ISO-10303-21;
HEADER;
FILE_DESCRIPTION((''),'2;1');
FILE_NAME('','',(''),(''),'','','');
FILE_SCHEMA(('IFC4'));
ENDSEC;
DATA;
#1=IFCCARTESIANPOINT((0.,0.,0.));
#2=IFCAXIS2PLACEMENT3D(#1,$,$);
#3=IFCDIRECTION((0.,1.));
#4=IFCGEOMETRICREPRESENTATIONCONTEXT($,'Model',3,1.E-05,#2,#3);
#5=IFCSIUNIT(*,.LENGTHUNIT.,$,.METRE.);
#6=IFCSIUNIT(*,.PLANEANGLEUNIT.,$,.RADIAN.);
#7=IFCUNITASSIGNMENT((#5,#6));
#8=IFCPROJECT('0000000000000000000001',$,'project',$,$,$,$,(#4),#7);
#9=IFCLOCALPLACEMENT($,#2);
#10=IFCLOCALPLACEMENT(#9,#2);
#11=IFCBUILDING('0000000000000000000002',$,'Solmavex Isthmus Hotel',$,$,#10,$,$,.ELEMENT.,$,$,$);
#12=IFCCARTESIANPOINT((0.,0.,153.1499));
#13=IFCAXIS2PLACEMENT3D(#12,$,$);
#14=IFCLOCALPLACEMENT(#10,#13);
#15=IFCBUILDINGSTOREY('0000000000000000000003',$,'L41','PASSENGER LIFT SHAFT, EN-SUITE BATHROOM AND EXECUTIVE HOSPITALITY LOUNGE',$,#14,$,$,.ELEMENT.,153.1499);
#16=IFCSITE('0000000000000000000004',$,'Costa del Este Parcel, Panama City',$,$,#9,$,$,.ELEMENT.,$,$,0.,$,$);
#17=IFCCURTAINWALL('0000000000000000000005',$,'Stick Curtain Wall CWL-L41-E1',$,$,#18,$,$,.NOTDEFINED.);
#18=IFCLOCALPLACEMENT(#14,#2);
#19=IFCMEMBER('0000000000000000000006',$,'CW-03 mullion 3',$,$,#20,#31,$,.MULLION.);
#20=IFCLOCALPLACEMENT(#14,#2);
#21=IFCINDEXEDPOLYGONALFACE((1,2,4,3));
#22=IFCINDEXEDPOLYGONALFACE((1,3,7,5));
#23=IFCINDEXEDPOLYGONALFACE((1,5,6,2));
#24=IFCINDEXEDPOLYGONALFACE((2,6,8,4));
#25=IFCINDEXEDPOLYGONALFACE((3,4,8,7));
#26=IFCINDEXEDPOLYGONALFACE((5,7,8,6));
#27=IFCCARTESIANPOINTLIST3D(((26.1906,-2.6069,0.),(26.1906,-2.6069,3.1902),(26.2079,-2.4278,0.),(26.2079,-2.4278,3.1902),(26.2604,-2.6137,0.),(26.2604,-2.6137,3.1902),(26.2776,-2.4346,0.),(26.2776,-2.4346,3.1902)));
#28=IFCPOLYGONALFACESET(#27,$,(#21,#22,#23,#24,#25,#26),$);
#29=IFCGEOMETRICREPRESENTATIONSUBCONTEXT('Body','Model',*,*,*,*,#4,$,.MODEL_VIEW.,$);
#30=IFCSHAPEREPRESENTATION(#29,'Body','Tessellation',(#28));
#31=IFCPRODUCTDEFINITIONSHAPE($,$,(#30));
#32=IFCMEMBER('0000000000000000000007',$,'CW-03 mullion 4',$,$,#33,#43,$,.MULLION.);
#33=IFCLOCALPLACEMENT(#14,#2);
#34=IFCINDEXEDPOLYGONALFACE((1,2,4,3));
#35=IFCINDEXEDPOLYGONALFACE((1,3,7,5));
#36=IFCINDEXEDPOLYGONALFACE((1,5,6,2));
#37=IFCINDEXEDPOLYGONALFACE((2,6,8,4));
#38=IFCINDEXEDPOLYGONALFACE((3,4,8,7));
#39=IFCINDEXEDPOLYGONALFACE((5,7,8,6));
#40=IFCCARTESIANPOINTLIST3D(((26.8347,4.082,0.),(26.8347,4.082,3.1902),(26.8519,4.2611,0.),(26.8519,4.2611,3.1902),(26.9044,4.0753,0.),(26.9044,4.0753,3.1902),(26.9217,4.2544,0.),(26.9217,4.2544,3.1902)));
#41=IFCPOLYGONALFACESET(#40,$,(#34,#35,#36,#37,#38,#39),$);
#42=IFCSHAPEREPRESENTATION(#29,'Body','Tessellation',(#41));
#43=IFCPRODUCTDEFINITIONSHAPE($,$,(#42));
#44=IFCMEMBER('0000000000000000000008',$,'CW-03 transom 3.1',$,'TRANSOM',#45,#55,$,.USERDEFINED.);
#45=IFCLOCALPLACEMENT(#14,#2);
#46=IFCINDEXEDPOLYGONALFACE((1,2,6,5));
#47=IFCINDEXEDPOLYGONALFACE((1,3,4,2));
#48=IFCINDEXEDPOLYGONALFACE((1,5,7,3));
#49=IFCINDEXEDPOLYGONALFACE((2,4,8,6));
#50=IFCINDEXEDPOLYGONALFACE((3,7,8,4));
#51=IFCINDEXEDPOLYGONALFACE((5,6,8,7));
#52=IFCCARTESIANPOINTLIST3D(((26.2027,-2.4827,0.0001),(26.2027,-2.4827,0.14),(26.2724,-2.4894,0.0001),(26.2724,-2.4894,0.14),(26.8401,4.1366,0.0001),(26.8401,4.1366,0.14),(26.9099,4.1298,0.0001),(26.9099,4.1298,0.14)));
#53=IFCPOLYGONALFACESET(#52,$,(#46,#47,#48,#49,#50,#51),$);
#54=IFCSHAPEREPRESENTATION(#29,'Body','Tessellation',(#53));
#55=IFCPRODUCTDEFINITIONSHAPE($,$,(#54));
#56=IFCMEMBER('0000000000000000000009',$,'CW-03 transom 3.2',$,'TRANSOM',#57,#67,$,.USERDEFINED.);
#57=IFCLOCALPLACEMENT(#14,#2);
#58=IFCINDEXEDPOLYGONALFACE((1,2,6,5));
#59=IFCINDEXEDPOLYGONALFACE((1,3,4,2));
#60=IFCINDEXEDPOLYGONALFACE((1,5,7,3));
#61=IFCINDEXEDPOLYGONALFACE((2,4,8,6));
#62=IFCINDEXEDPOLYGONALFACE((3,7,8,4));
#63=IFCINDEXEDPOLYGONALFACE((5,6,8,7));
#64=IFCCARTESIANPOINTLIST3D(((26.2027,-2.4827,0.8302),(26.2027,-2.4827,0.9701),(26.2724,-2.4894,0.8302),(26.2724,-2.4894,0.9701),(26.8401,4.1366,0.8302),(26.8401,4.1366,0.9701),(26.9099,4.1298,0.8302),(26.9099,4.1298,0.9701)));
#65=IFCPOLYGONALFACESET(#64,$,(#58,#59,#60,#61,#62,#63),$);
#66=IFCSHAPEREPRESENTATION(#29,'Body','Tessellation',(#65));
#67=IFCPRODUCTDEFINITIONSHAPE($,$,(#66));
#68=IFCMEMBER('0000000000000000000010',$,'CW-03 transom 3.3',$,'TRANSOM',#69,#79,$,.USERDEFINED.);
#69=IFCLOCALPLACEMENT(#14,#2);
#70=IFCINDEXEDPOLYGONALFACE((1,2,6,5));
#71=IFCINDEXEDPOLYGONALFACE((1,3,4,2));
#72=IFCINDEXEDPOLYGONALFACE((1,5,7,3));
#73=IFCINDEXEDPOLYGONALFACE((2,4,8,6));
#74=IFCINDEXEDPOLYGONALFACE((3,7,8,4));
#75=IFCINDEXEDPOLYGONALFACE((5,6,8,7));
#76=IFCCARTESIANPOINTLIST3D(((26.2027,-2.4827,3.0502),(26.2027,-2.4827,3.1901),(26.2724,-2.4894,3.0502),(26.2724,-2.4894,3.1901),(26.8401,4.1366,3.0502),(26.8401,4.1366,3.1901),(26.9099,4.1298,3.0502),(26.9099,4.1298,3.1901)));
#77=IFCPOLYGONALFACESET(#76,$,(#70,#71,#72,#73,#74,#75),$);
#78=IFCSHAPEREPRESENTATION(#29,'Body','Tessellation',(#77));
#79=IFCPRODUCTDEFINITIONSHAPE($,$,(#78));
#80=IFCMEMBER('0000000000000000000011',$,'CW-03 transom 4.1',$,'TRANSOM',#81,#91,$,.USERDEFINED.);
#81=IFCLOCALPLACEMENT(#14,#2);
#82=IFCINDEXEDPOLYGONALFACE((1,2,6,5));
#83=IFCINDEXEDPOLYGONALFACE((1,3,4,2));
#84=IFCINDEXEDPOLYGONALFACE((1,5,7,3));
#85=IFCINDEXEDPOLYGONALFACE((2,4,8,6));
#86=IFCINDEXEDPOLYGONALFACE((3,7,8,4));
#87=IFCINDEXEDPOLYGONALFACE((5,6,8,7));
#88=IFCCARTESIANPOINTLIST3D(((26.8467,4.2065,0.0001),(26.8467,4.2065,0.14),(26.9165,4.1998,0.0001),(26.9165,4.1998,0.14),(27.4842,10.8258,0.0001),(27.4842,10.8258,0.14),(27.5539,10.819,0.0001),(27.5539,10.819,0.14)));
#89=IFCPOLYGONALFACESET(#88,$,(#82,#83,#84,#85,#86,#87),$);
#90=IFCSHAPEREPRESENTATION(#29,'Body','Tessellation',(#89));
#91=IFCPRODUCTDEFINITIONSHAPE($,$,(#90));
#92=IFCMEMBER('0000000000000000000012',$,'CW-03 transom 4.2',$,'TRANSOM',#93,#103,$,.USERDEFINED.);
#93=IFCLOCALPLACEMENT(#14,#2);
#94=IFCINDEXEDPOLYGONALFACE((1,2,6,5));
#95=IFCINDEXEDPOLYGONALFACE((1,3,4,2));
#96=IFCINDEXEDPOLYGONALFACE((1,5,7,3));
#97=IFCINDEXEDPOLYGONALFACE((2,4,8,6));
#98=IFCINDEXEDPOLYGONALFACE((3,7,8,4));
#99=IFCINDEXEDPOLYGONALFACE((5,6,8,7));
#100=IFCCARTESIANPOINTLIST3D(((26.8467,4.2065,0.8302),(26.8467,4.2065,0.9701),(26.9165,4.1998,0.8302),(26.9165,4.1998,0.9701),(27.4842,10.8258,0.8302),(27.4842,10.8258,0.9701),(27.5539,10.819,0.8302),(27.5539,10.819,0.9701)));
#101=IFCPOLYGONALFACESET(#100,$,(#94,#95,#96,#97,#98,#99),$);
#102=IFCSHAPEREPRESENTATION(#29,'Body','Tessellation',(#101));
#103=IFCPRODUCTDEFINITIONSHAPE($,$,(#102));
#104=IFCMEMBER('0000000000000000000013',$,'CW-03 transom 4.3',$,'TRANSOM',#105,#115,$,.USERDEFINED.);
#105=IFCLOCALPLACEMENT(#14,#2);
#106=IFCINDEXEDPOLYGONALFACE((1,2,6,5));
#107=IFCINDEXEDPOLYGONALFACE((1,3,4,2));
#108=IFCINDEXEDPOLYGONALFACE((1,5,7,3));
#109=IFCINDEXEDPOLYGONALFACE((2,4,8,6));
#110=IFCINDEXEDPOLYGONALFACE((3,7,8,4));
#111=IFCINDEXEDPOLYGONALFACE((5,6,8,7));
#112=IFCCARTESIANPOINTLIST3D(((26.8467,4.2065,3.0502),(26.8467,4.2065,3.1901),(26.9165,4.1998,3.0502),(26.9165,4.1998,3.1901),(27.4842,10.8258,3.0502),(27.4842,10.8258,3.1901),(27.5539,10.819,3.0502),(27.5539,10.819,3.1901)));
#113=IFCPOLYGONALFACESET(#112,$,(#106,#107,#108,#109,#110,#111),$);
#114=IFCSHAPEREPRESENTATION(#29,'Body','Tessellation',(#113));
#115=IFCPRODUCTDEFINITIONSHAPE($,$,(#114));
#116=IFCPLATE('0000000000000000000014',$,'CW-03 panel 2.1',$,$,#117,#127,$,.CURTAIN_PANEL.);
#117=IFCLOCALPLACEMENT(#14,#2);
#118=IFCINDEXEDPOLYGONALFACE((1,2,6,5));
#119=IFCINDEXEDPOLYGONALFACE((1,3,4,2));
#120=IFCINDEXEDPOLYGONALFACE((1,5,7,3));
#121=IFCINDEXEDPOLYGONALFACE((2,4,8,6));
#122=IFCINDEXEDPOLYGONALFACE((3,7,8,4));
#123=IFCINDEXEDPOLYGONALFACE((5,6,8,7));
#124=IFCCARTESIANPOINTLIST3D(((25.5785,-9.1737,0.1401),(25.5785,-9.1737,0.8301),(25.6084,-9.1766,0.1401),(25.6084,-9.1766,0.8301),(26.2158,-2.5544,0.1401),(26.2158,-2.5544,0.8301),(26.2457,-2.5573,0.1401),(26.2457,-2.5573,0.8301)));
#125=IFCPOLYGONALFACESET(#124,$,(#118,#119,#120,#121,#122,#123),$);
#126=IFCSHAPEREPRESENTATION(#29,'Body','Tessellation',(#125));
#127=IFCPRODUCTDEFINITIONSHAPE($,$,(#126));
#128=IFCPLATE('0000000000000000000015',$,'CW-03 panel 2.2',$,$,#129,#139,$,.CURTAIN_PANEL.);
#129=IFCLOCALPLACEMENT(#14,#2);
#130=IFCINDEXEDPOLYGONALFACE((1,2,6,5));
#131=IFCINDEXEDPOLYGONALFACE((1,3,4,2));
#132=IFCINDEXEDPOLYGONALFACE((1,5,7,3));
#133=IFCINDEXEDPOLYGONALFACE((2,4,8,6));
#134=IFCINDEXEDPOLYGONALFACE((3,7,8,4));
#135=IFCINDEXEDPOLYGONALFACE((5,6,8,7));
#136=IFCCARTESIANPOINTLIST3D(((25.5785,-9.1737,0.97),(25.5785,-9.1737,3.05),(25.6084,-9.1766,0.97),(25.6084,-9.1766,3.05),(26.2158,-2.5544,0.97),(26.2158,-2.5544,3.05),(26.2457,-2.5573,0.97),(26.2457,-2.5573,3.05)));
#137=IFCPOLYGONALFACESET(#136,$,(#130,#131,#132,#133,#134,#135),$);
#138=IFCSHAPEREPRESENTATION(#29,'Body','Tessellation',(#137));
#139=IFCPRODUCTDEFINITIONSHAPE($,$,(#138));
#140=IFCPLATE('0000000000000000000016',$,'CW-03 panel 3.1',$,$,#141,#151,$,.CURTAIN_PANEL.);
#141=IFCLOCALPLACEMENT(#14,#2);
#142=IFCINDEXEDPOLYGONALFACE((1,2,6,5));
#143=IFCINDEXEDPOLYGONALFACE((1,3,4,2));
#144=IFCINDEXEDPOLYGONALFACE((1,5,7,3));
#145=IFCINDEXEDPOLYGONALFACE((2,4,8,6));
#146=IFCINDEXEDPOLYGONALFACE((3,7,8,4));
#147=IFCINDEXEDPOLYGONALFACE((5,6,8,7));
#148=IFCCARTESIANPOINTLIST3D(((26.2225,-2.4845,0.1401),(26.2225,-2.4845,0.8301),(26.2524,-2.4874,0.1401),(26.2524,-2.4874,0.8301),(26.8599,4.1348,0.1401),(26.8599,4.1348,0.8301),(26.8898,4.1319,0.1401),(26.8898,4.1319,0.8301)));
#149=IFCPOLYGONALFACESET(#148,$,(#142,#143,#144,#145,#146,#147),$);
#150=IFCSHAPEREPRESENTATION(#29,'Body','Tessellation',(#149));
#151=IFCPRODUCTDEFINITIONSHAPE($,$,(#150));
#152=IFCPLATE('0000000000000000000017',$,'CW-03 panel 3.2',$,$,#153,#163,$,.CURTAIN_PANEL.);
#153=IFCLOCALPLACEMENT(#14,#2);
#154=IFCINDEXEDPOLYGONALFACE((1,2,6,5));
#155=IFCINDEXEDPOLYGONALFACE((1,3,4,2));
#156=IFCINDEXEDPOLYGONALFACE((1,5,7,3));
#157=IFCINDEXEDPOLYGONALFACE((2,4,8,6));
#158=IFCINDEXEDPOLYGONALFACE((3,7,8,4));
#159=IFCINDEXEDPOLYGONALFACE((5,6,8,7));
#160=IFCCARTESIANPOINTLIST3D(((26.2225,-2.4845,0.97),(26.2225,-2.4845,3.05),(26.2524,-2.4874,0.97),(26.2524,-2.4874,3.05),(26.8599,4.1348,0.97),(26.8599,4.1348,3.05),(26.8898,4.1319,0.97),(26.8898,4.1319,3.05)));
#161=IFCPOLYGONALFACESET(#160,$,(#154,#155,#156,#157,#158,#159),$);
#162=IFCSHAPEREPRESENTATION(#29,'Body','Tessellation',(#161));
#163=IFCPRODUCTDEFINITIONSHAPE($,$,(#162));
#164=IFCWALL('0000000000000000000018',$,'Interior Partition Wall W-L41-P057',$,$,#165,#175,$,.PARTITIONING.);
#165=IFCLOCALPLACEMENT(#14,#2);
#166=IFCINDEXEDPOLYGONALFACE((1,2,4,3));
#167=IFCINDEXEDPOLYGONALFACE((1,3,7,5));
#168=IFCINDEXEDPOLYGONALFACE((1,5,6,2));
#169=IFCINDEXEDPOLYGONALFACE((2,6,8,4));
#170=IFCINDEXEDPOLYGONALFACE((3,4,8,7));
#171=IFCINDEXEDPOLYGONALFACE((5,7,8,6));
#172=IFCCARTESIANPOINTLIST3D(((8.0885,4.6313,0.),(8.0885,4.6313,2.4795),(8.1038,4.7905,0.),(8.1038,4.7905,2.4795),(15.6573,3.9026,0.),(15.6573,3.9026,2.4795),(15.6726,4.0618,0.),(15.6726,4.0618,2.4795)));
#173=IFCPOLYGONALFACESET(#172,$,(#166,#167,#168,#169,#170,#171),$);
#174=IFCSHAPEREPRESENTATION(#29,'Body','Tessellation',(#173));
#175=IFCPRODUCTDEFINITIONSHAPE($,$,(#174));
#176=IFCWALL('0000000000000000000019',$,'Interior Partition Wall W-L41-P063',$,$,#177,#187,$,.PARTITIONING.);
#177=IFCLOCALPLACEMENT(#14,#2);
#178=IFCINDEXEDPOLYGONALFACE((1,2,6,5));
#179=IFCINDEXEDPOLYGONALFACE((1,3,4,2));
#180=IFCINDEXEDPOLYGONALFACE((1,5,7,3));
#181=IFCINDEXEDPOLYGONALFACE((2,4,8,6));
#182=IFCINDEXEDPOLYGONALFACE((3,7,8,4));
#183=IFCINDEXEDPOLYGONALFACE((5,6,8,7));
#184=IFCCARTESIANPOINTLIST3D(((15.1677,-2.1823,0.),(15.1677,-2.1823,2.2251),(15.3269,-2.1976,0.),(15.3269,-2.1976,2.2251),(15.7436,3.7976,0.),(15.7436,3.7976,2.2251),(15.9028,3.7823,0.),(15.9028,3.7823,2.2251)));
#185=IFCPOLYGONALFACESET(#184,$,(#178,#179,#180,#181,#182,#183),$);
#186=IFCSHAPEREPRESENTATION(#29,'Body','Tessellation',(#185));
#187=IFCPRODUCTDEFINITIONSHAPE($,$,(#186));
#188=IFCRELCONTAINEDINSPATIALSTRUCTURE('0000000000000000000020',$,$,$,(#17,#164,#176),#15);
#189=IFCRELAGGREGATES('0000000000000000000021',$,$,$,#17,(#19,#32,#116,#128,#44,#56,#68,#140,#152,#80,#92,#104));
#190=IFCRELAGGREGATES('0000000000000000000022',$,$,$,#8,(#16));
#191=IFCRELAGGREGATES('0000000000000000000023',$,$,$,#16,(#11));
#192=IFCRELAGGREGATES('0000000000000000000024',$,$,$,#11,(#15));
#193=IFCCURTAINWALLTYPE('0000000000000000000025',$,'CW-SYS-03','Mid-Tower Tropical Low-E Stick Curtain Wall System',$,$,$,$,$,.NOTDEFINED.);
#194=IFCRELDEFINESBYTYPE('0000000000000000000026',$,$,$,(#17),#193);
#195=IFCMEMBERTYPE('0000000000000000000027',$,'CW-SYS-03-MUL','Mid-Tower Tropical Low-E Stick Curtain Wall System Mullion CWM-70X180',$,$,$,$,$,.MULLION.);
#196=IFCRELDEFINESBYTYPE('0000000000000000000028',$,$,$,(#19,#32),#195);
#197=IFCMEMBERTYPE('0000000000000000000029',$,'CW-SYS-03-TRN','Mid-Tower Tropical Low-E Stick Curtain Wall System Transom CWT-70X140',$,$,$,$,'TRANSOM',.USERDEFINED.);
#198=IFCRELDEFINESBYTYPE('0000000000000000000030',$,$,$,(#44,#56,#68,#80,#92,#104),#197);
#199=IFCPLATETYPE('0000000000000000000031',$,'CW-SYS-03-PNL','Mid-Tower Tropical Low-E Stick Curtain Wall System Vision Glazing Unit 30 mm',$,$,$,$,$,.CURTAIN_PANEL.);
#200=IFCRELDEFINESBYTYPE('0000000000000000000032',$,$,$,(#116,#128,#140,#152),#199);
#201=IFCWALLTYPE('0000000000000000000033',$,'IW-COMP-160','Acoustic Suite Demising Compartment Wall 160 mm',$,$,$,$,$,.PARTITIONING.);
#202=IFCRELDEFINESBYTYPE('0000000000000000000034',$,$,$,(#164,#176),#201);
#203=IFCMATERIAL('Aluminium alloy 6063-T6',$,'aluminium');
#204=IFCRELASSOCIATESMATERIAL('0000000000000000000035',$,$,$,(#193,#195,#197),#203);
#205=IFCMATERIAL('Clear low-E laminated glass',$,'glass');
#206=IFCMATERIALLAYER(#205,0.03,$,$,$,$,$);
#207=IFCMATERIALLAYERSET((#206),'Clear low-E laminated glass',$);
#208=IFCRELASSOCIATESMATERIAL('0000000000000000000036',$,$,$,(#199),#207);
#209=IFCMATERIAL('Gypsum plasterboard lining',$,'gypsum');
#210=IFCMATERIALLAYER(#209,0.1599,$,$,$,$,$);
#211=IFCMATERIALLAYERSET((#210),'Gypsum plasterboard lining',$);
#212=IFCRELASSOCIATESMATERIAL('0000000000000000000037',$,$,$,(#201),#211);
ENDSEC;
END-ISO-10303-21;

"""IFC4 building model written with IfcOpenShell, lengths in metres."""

from ifc_helpers import new_model, si_unit, direction, frame, frame_2d, origin, origin_2d, place, context, subcontext, project, spatial, rectangle, extrude, material, layer, layer_set, material_profile, profile_set, type_object, element, aggregate, save


model = new_model("IFC4")

# Units and contexts
model_context = context("Model", 3, precision=1e-05, world=origin(), true_north=direction((0.0, 1.0)))
body_context = subcontext(model_context, "Body", "Model", "MODEL_VIEW")
ifc_project = project(units=[si_unit("LENGTHUNIT", "METRE"), si_unit("PLANEANGLEUNIT", "RADIAN")], contexts=[model_context])

# Site, building, storey
site_placement = place(None, origin())
site = spatial("IfcSite", under=ifc_project, at=site_placement, Name="Costa del Este Parcel, Panama City", CompositionType="ELEMENT", RefElevation=0.0)
building_placement = place(site_placement, origin())
building = spatial("IfcBuilding", under=site, at=building_placement, Name="Solmavex Isthmus Hotel", CompositionType="ELEMENT")
storey_placement = place(building_placement, frame((0.0, 0.0, 153.1499)))
storey = spatial("IfcBuildingStorey", under=building, at=storey_placement, Name="L41", Description="PASSENGER LIFT SHAFT, EN-SUITE BATHROOM AND EXECUTIVE HOSPITALITY LOUNGE", CompositionType="ELEMENT", Elevation=153.1499)

# Curtain wall, members, plates
ifc_material_1 = material(Name="Aluminium alloy 6063-T6", Category="aluminium")
curtain_wall_type = type_object("IfcCurtainWallType", Name="CW-SYS-03", Description="Mid-Tower Tropical Low-E Stick Curtain Wall System", PredefinedType="NOTDEFINED", material=ifc_material_1)
curtain_wall_placement = place(storey_placement, origin())
curtain_wall = element("IfcCurtainWall", 1, at=curtain_wall_placement, inside=storey, type_object=curtain_wall_type, Name="Stick Curtain Wall CWL-L41-E1", PredefinedType="NOTDEFINED")
ifc_material_profile_1 = material_profile(ifc_material_1, rectangle(XDim=0.0701, YDim=0.1799, at=origin_2d()), Name="CWM-70X180")
ifc_profile_set_1 = profile_set([ifc_material_profile_1], Name="Aluminium alloy 6063-T6")
member_type_1 = type_object("IfcMemberType", Name="CW-SYS-03-MUL", Description="Mid-Tower Tropical Low-E Stick Curtain Wall System Mullion CWM-70X180", PredefinedType="MULLION", material=ifc_profile_set_1)
member_1_placement = place(storey_placement, frame((26.2341, -2.5208, 0.0), z_axis=(0.0, 0.0, 1.0), x_axis=(-0.995396, 0.095846, 0.0)))
member_1 = element("IfcMember", 2, at=member_1_placement, type_object=member_type_1, Name="CW-03 mullion 3", PredefinedType="MULLION", context=body_context, shape_type="SweptSolid", body=[
    extrude(rectangle(XDim=0.0701, YDim=0.1799, at=origin_2d()), origin(), (0.0, 0.0, 1.0), 3.1902),
])
member_2_placement = place(storey_placement, frame((26.8782, 4.1682, 0.0), z_axis=(0.0, 0.0, 1.0), x_axis=(-0.995396, 0.095846, 0.0)))
member_2 = element("IfcMember", 3, at=member_2_placement, type_object=member_type_1, Name="CW-03 mullion 4", PredefinedType="MULLION", context=body_context, shape_type="SweptSolid", body=[
    extrude(rectangle(XDim=0.0701, YDim=0.1799, at=origin_2d()), origin(), (0.0, 0.0, 1.0), 3.1902),
])
ifc_material_profile_2 = material_profile(ifc_material_1, rectangle(XDim=0.0701, YDim=0.1399, at=origin_2d()), Name="CWT-70X140")
ifc_profile_set_2 = profile_set([ifc_material_profile_2], Name="Aluminium alloy 6063-T6")
member_type_2 = type_object("IfcMemberType", Name="CW-SYS-03-TRN", Description="Mid-Tower Tropical Low-E Stick Curtain Wall System Transom CWT-70X140", ElementType="TRANSOM", PredefinedType="USERDEFINED", material=ifc_profile_set_2)
member_3_placement = place(storey_placement, frame((26.2375, -2.4861, 0.0701), z_axis=(0.095857, 0.995395, 0.0), x_axis=(-0.995395, 0.095857, 0.0)))
member_3 = element("IfcMember", 4, at=member_3_placement, type_object=member_type_2, Name="CW-03 transom 3.1", ObjectType="TRANSOM", PredefinedType="USERDEFINED", context=body_context, shape_type="SweptSolid", body=[
    extrude(rectangle(XDim=0.0701, YDim=0.1399, at=origin_2d()), origin(), (0.0, 0.0, 1.0), 6.6499),
])
member_4_placement = place(storey_placement, frame((26.2375, -2.4861, 0.9001), z_axis=(0.095857, 0.995395, 0.0), x_axis=(-0.995395, 0.095857, 0.0)))
member_4 = element("IfcMember", 5, at=member_4_placement, type_object=member_type_2, Name="CW-03 transom 3.2", ObjectType="TRANSOM", PredefinedType="USERDEFINED", context=body_context, shape_type="SweptSolid", body=[
    extrude(rectangle(XDim=0.0701, YDim=0.1399, at=origin_2d()), origin(), (0.0, 0.0, 1.0), 6.6499),
])
member_5_placement = place(storey_placement, frame((26.2375, -2.4861, 3.1201), z_axis=(0.095857, 0.995395, 0.0), x_axis=(-0.995395, 0.095857, 0.0)))
member_5 = element("IfcMember", 6, at=member_5_placement, type_object=member_type_2, Name="CW-03 transom 3.3", ObjectType="TRANSOM", PredefinedType="USERDEFINED", context=body_context, shape_type="SweptSolid", body=[
    extrude(rectangle(XDim=0.0701, YDim=0.1399, at=origin_2d()), origin(), (0.0, 0.0, 1.0), 6.6499),
])
member_6_placement = place(storey_placement, frame((26.8816, 4.2031, 0.0701), z_axis=(0.095857, 0.995395, 0.0), x_axis=(-0.995395, 0.095857, 0.0)))
member_6 = element("IfcMember", 7, at=member_6_placement, type_object=member_type_2, Name="CW-03 transom 4.1", ObjectType="TRANSOM", PredefinedType="USERDEFINED", context=body_context, shape_type="SweptSolid", body=[
    extrude(rectangle(XDim=0.0701, YDim=0.1399, at=origin_2d()), origin(), (0.0, 0.0, 1.0), 6.6499),
])
member_7_placement = place(storey_placement, frame((26.8816, 4.2031, 0.9001), z_axis=(0.095857, 0.995395, 0.0), x_axis=(-0.995395, 0.095857, 0.0)))
member_7 = element("IfcMember", 8, at=member_7_placement, type_object=member_type_2, Name="CW-03 transom 4.2", ObjectType="TRANSOM", PredefinedType="USERDEFINED", context=body_context, shape_type="SweptSolid", body=[
    extrude(rectangle(XDim=0.0701, YDim=0.1399, at=origin_2d()), origin(), (0.0, 0.0, 1.0), 6.6499),
])
member_8_placement = place(storey_placement, frame((26.8816, 4.2031, 3.1201), z_axis=(0.095857, 0.995395, 0.0), x_axis=(-0.995395, 0.095857, 0.0)))
member_8 = element("IfcMember", 9, at=member_8_placement, type_object=member_type_2, Name="CW-03 transom 4.3", ObjectType="TRANSOM", PredefinedType="USERDEFINED", context=body_context, shape_type="SweptSolid", body=[
    extrude(rectangle(XDim=0.0701, YDim=0.1399, at=origin_2d()), origin(), (0.0, 0.0, 1.0), 6.6499),
])
ifc_material_2 = material(Name="Clear low-E laminated glass", Category="glass")
ifc_layer_1 = layer(ifc_material_2, 0.03)
ifc_layer_set_1 = layer_set([ifc_layer_1], Name="Clear low-E laminated glass")
plate_type = type_object("IfcPlateType", Name="CW-SYS-03-PNL", Description="Mid-Tower Tropical Low-E Stick Curtain Wall System Vision Glazing Unit 30 mm", PredefinedType="CURTAIN_PANEL", material=ifc_layer_set_1)
plate_1_placement = place(storey_placement, frame((25.9121, -5.8655, 0.1401), z_axis=(0.0, 0.0, 1.0), x_axis=(0.095846, 0.995396, 0.0)))
plate_1 = element("IfcPlate", 10, at=plate_1_placement, type_object=plate_type, Name="CW-03 panel 2.1", PredefinedType="CURTAIN_PANEL", context=body_context, shape_type="SweptSolid", body=[
    extrude(rectangle(XDim=6.6499, YDim=0.03, at=origin_2d()), origin(), (0.0, 0.0, 1.0), 0.6899),
])
plate_2_placement = place(storey_placement, frame((25.9121, -5.8655, 0.97), z_axis=(0.0, 0.0, 1.0), x_axis=(0.095846, 0.995396, 0.0)))
plate_2 = element("IfcPlate", 11, at=plate_2_placement, type_object=plate_type, Name="CW-03 panel 2.2", PredefinedType="CURTAIN_PANEL", context=body_context, shape_type="SweptSolid", body=[
    extrude(rectangle(XDim=6.6499, YDim=0.03, at=origin_2d()), origin(), (0.0, 0.0, 1.0), 2.0801),
])
plate_3_placement = place(storey_placement, frame((26.5562, 0.8237, 0.1401), z_axis=(0.0, 0.0, 1.0), x_axis=(0.095846, 0.995396, 0.0)))
plate_3 = element("IfcPlate", 12, at=plate_3_placement, type_object=plate_type, Name="CW-03 panel 3.1", PredefinedType="CURTAIN_PANEL", context=body_context, shape_type="SweptSolid", body=[
    extrude(rectangle(XDim=6.6499, YDim=0.03, at=origin_2d()), origin(), (0.0, 0.0, 1.0), 0.6899),
])
plate_4_placement = place(storey_placement, frame((26.5562, 0.8237, 0.97), z_axis=(0.0, 0.0, 1.0), x_axis=(0.095846, 0.995396, 0.0)))
plate_4 = element("IfcPlate", 13, at=plate_4_placement, type_object=plate_type, Name="CW-03 panel 3.2", PredefinedType="CURTAIN_PANEL", context=body_context, shape_type="SweptSolid", body=[
    extrude(rectangle(XDim=6.6499, YDim=0.03, at=origin_2d()), origin(), (0.0, 0.0, 1.0), 2.0801),
])
aggregate(curtain_wall, [member_1, member_2, plate_1, plate_2, member_3, member_4, member_5, plate_3, plate_4, member_6, member_7, member_8])

# Walls
ifc_material_3 = material(Name="Gypsum plasterboard lining", Category="gypsum")
ifc_layer_2 = layer(ifc_material_3, 0.1599)
ifc_layer_set_2 = layer_set([ifc_layer_2], Name="Gypsum plasterboard lining")
wall_type = type_object("IfcWallType", Name="IW-COMP-160", Description="Acoustic Suite Demising Compartment Wall 160 mm", PredefinedType="PARTITIONING", material=ifc_layer_set_2)
wall_1_placement = place(storey_placement, frame((15.6648, 3.9822, 0.0), z_axis=(0.0, 0.0, 1.0), x_axis=(-0.995397, 0.095841, 0.0)))
element("IfcWall", 14, at=wall_1_placement, inside=storey, type_object=wall_type, Name="Interior Partition Wall W-L41-P057", PredefinedType="PARTITIONING", context=body_context, shape_type="SweptSolid", body=[
    extrude(rectangle(XDim=7.6038, YDim=0.1599, at=frame_2d((3.8018, 0.0))), origin(), (0.0, 0.0, 1.0), 2.4795),
])
wall_2_placement = place(storey_placement, frame((15.8232, 3.79, 0.0), z_axis=(0.0, 0.0, 1.0), x_axis=(-0.095866, -0.995394, 0.0)))
element("IfcWall", 15, at=wall_2_placement, inside=storey, type_object=wall_type, Name="Interior Partition Wall W-L41-P063", PredefinedType="PARTITIONING", context=body_context, shape_type="SweptSolid", body=[
    extrude(rectangle(XDim=6.0076, YDim=0.1599, at=frame_2d((3.0039, 0.0))), origin(), (0.0, 0.0, 1.0), 2.2251),
])

save(model, "model.ifc")
